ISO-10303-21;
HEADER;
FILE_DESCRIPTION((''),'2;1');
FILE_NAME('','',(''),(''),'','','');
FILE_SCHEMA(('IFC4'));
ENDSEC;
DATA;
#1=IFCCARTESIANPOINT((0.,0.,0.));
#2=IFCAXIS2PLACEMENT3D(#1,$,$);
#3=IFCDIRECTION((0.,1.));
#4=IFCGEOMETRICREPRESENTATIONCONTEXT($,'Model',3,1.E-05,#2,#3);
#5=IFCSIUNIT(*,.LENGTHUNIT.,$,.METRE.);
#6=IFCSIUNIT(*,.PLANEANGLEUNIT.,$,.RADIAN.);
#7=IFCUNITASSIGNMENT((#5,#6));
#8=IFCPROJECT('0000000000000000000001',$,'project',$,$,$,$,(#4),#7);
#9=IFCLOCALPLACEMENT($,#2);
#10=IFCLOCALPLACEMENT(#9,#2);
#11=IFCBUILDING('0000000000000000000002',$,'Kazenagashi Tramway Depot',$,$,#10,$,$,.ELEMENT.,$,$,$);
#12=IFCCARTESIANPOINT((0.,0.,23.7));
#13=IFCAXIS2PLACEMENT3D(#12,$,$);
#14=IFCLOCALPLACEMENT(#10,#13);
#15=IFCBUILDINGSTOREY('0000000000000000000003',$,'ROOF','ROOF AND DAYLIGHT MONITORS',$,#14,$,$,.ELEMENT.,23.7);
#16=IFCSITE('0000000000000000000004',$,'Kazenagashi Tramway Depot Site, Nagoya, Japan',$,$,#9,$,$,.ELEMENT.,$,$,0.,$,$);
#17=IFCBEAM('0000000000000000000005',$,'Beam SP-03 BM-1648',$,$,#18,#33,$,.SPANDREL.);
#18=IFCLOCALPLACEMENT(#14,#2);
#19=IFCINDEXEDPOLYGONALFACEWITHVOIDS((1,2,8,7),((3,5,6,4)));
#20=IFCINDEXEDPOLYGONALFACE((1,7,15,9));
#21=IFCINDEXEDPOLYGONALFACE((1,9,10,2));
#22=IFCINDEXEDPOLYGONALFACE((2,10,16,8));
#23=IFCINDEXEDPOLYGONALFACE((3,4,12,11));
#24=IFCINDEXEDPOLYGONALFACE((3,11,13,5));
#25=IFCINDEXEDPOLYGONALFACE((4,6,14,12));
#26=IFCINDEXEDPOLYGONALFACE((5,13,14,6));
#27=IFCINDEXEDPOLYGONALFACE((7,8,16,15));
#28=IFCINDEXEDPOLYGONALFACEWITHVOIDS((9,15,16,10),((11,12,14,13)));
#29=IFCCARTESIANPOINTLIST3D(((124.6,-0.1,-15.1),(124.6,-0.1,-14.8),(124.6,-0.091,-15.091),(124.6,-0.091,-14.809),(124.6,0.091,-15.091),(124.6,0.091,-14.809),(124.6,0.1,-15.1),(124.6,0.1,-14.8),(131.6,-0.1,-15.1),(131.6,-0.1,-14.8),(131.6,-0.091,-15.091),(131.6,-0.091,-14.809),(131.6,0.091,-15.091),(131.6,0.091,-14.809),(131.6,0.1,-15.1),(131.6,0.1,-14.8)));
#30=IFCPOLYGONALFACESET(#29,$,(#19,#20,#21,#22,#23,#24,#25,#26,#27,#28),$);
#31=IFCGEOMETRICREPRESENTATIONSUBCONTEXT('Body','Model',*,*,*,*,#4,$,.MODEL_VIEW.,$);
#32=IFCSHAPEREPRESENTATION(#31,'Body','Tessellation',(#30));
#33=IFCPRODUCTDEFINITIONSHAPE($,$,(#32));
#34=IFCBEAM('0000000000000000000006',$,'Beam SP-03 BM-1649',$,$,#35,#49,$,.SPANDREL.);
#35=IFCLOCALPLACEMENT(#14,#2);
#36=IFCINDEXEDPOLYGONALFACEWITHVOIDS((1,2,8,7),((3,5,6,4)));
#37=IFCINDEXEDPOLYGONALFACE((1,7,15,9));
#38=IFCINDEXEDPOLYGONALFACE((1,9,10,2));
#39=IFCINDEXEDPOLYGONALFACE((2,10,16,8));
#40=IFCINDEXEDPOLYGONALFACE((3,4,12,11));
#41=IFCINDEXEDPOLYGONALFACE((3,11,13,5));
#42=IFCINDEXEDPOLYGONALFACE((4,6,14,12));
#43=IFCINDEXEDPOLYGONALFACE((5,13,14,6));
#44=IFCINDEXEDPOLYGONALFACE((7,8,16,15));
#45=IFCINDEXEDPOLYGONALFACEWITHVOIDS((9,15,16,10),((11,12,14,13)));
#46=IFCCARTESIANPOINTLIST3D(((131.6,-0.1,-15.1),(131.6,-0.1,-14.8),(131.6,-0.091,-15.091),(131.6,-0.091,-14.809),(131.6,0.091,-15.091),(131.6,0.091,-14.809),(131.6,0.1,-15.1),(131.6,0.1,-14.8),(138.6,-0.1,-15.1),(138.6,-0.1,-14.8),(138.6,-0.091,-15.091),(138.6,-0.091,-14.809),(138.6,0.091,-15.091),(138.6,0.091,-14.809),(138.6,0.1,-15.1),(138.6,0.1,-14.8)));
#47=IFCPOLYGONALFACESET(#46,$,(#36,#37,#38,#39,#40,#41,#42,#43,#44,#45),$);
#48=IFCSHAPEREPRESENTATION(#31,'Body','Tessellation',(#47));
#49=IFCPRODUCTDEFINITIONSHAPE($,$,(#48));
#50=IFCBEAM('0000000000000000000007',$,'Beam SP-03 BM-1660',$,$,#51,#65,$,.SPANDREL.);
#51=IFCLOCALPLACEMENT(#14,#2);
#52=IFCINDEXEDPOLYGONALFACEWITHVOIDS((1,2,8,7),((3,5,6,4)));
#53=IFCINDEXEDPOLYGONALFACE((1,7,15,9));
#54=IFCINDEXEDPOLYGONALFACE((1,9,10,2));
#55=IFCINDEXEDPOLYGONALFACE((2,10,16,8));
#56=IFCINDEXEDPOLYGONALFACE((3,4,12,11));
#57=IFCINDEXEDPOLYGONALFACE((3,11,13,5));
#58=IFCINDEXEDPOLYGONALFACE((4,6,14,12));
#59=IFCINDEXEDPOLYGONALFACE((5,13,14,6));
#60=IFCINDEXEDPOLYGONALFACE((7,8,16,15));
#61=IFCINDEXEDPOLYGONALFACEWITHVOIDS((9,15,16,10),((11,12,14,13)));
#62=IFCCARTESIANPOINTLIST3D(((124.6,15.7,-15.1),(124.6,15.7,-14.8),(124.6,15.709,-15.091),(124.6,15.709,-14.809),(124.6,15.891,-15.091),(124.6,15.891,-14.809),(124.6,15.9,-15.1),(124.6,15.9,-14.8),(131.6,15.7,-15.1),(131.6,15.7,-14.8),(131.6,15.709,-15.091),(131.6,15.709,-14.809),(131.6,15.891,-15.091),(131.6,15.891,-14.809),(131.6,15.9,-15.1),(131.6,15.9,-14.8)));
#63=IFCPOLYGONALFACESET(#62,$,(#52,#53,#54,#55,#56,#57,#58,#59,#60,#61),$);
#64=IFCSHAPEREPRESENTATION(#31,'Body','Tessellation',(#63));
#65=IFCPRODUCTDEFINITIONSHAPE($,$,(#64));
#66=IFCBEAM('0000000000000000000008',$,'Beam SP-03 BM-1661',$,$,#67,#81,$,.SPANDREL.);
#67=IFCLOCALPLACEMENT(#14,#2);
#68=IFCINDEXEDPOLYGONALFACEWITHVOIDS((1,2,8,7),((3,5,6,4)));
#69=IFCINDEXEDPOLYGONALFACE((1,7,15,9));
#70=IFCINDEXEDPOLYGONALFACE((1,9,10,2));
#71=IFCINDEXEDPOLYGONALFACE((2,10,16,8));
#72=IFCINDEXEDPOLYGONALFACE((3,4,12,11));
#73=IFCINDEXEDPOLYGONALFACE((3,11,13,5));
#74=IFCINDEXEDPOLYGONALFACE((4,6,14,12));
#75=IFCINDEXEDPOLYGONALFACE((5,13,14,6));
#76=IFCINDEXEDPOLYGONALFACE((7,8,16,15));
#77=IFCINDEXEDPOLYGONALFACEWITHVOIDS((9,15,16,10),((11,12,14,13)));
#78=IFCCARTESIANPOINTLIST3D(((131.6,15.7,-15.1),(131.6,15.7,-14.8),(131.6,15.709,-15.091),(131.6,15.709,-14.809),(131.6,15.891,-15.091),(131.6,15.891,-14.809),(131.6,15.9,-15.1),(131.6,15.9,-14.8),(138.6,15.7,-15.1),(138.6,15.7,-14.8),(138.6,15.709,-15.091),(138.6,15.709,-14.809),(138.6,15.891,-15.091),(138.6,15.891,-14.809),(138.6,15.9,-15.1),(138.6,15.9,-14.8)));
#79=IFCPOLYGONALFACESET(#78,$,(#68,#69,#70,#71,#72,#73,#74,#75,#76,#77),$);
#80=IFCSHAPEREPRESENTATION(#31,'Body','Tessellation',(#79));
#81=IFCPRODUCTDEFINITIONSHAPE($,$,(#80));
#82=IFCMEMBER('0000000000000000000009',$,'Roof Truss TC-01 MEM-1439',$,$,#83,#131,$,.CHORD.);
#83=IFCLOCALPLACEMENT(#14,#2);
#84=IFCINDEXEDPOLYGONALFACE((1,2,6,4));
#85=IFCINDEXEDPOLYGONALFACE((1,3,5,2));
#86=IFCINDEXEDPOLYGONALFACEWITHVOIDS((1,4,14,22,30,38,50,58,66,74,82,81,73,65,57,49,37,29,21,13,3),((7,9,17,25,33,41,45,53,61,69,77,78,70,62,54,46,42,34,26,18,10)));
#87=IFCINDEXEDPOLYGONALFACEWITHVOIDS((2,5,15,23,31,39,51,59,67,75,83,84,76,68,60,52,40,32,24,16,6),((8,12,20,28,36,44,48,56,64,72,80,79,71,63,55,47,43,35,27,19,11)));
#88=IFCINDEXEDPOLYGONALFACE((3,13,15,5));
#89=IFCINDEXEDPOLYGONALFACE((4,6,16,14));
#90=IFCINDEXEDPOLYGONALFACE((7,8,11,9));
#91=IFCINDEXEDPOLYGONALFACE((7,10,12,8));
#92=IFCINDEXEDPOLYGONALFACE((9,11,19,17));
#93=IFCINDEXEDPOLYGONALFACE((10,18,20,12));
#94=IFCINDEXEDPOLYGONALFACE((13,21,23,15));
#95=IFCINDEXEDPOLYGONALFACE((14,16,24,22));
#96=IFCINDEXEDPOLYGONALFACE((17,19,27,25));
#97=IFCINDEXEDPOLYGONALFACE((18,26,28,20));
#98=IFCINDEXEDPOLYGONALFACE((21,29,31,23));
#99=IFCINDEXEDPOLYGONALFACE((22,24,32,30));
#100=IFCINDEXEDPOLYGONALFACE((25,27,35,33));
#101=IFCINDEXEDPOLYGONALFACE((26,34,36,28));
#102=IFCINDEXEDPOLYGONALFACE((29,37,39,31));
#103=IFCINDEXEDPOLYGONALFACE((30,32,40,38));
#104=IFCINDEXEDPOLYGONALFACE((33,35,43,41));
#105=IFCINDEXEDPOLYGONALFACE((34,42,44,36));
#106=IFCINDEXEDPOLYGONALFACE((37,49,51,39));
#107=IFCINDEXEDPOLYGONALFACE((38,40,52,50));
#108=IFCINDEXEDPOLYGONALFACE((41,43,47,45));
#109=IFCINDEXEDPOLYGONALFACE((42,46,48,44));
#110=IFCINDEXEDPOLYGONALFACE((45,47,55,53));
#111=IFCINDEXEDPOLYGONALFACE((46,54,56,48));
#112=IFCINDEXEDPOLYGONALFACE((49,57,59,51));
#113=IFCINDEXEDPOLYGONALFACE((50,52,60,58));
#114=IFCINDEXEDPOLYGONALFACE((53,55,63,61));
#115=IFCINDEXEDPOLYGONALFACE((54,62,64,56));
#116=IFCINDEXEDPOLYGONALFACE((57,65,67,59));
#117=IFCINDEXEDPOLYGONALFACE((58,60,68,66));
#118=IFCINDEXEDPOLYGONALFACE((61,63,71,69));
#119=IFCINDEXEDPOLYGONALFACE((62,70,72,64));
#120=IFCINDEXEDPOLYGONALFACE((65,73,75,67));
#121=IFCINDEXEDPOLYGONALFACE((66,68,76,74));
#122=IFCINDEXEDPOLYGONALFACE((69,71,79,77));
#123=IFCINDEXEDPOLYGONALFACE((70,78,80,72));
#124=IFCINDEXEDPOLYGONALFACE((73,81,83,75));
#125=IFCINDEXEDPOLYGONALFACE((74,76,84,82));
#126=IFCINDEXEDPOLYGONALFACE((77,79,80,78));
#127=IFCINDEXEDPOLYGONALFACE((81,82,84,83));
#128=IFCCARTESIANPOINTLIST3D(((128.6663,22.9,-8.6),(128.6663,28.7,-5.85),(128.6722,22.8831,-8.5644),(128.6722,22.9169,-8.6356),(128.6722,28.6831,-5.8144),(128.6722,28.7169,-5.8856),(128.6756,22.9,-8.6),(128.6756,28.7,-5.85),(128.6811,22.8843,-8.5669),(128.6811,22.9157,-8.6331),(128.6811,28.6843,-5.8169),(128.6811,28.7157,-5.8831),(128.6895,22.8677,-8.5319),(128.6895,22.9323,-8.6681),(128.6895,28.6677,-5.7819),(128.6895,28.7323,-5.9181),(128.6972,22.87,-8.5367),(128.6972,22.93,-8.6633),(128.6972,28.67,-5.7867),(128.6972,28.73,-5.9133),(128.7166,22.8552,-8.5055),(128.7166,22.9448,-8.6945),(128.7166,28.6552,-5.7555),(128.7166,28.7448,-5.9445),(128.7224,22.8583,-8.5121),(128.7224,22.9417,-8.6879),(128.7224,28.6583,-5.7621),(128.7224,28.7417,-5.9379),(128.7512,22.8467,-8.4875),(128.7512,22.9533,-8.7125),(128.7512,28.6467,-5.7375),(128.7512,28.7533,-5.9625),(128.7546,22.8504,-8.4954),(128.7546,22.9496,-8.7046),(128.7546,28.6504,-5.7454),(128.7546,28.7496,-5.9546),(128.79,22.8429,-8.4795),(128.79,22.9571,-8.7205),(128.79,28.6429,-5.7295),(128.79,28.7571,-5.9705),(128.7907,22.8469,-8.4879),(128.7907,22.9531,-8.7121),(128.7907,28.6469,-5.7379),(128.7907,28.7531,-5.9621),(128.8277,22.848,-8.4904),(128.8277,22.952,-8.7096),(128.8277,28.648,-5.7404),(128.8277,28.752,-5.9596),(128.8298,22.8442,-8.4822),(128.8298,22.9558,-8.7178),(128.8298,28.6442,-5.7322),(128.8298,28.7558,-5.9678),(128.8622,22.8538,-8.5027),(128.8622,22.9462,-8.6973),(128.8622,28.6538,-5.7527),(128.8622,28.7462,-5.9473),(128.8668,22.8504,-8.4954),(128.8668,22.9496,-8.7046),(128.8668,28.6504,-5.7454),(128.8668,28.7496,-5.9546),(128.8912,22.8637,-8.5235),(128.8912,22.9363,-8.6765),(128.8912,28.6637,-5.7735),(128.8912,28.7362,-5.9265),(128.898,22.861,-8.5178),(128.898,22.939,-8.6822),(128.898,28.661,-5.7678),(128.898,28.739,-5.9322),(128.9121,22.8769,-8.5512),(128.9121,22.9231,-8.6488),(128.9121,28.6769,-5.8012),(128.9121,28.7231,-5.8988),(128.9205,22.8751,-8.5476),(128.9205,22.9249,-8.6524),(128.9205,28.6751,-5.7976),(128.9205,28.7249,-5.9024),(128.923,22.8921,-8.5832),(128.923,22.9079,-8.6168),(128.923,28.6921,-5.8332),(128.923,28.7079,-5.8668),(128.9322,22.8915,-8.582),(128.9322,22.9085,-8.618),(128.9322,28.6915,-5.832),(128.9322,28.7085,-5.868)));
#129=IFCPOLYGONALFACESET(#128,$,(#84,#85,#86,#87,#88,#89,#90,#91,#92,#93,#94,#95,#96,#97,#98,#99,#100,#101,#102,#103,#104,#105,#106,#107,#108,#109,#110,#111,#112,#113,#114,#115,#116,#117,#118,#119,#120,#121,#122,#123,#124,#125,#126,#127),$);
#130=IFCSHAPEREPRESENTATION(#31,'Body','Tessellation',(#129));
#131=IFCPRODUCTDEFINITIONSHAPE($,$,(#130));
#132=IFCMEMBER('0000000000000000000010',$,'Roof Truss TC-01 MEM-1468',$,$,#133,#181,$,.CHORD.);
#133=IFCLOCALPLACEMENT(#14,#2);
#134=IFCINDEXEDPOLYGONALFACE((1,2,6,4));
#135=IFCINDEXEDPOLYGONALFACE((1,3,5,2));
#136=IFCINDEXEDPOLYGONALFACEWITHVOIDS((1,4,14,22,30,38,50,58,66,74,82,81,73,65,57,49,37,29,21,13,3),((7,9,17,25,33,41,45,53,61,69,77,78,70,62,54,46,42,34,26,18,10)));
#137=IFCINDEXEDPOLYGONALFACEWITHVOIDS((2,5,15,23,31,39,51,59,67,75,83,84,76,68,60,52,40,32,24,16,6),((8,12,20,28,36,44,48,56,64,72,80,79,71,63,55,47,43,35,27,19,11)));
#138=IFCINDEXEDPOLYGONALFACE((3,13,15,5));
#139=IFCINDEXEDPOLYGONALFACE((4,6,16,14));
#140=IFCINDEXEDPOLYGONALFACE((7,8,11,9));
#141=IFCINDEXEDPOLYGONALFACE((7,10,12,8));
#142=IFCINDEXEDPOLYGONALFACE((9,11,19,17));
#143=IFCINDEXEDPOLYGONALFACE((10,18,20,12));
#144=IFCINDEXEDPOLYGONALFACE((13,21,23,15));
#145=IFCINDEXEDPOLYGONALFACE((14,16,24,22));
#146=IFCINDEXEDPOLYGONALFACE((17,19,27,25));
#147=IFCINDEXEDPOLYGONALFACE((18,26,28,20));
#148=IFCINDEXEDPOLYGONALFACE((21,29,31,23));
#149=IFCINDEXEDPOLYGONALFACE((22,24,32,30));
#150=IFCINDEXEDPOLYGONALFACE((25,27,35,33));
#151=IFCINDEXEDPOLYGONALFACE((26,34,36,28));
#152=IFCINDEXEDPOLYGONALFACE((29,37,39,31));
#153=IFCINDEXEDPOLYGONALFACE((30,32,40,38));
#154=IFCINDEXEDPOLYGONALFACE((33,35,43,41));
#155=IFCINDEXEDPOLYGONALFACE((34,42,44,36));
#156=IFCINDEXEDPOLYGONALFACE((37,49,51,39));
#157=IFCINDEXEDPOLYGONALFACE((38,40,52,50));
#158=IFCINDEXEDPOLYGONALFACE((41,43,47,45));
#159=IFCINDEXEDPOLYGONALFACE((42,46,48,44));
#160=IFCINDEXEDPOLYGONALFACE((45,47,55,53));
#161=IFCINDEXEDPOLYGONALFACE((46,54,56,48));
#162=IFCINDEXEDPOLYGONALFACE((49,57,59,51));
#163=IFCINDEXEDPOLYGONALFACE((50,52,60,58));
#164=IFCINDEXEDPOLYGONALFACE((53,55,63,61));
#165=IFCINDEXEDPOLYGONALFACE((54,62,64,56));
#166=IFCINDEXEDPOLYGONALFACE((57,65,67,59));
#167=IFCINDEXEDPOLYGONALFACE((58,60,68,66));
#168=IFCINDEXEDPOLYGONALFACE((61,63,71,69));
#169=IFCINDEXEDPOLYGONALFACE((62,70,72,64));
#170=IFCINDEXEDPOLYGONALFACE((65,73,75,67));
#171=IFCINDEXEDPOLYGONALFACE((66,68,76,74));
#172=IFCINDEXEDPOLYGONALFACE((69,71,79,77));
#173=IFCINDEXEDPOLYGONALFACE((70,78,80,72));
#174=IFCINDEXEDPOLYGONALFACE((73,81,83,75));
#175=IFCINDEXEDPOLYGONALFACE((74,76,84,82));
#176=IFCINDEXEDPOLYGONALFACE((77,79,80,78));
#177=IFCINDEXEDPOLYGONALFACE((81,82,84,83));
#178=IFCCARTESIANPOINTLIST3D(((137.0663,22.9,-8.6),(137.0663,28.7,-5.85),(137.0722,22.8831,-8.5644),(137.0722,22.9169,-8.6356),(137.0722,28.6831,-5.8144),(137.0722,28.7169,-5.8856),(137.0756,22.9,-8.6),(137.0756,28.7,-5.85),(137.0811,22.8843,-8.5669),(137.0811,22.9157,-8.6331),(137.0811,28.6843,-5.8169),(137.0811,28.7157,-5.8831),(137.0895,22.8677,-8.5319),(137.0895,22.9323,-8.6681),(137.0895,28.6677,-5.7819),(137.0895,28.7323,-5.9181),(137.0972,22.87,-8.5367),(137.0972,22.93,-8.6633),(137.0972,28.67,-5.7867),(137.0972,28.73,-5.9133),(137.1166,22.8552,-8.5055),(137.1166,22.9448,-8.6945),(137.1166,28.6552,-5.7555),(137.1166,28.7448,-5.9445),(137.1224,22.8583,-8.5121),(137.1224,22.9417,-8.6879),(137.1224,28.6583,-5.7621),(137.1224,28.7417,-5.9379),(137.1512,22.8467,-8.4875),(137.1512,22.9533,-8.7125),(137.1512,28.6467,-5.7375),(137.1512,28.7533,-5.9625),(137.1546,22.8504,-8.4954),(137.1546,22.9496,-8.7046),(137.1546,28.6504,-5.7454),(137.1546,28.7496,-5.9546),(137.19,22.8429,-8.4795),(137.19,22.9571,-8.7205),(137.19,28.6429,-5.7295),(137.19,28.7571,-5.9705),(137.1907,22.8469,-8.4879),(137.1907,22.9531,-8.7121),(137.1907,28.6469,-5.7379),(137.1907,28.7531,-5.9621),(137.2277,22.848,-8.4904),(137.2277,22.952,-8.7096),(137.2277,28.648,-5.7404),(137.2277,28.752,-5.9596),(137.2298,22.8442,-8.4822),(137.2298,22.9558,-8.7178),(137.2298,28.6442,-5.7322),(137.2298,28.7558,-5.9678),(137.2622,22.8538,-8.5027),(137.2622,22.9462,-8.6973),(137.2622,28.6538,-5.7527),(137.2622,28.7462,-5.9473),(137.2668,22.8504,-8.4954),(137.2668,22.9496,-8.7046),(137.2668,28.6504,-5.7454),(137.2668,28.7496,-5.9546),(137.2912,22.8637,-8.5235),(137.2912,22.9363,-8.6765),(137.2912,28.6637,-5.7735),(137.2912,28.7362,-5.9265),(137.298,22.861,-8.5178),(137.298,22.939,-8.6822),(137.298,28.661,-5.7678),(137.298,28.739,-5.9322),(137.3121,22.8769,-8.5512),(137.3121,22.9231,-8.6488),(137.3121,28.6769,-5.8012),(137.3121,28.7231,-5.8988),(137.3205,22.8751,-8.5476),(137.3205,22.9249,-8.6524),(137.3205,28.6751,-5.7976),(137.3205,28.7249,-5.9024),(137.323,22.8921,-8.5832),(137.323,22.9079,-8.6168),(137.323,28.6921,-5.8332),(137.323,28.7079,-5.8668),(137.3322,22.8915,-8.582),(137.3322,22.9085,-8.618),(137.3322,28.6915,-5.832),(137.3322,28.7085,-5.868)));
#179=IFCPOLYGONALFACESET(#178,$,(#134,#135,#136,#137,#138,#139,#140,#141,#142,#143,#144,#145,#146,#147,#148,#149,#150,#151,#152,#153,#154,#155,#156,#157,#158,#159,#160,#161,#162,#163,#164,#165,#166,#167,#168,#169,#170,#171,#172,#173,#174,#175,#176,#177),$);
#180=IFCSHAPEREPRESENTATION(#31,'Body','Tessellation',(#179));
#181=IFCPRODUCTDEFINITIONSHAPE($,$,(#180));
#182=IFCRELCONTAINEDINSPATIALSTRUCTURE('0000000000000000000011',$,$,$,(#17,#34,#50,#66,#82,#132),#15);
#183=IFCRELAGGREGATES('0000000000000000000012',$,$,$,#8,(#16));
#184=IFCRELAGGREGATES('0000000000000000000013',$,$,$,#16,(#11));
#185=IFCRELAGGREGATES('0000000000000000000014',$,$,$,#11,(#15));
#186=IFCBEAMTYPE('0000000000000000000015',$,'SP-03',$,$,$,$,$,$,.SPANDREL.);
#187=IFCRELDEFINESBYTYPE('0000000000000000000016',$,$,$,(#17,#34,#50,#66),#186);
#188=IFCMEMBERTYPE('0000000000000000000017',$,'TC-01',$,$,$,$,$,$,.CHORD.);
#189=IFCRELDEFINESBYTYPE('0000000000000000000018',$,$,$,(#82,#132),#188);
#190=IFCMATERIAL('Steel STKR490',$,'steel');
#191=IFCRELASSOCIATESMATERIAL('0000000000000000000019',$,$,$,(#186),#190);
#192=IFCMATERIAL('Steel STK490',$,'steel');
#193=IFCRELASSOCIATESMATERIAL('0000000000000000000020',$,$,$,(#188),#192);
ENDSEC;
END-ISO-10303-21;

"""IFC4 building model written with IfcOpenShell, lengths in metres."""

from ifc_helpers import new_model, si_unit, direction, frame, origin, origin_2d, place, context, subcontext, project, spatial, hollow_rectangle, hollow_circle, extrude, material, material_profile, profile_set, type_object, element, save


model = new_model("IFC4")

# Units and contexts
model_context = context("Model", 3, precision=1e-05, world=origin(), true_north=direction((0.0, 1.0)))
body_context = subcontext(model_context, "Body", "Model", "MODEL_VIEW")
ifc_project = project(units=[si_unit("LENGTHUNIT", "METRE"), si_unit("PLANEANGLEUNIT", "RADIAN")], contexts=[model_context])

# Site, building, storey
site_placement = place(None, origin())
site = spatial("IfcSite", under=ifc_project, at=site_placement, Name="Kazenagashi Tramway Depot Site, Nagoya, Japan", CompositionType="ELEMENT", RefElevation=0.0)
building_placement = place(site_placement, origin())
building = spatial("IfcBuilding", under=site, at=building_placement, Name="Kazenagashi Tramway Depot", CompositionType="ELEMENT")
storey_placement = place(building_placement, frame((0.0, 0.0, 23.7)))
storey = spatial("IfcBuildingStorey", under=building, at=storey_placement, Name="ROOF", Description="ROOF AND DAYLIGHT MONITORS", CompositionType="ELEMENT", Elevation=23.7)

# Beams
ifc_material_1 = material(Name="Steel STKR490", Category="steel")
ifc_material_profile_1 = material_profile(ifc_material_1, hollow_rectangle(XDim=0.2, YDim=0.3, WallThickness=0.009, at=origin_2d()), Name="RHS-300x200x9")
ifc_profile_set_1 = profile_set([ifc_material_profile_1], Name="Steel STKR490")
beam_type_1 = type_object("IfcBeamType", Name="SP-03", PredefinedType="SPANDREL", material=ifc_profile_set_1)
for number, where, z_axis, x_axis, name in (
    (1, (124.6, 0.0, -14.95), (1.0, 0.0, 0.0), (0.0, 1.0, 0.0), "Beam SP-03 BM-1648"),
    (2, (131.6, 0.0, -14.95), (1.0, 0.0, 0.0), (0.0, 1.0, 0.0), "Beam SP-03 BM-1649"),
    (3, (124.6, 15.8, -14.95), (1.0, 0.0, 0.0), (0.0, 1.0, 0.0), "Beam SP-03 BM-1660"),
    (4, (131.6, 15.8, -14.95), (1.0, 0.0, 0.0), (0.0, 1.0, 0.0), "Beam SP-03 BM-1661"),
):
    element("IfcBeam", number, at=place(storey_placement, frame(where, z_axis=z_axis, x_axis=x_axis)), inside=storey, type_object=beam_type_1, Name=name, PredefinedType="SPANDREL", context=body_context, shape_type="SweptSolid", body=[
        extrude(hollow_rectangle(XDim=0.2, YDim=0.3, WallThickness=0.009, at=origin_2d()), origin(), (0.0, 0.0, 1.0), 7.0),
    ])

# Members
ifc_material_2 = material(Name="Steel STK490", Category="steel")
ifc_material_profile_2 = material_profile(ifc_material_2, hollow_circle(Radius=0.1337, WallThickness=0.0093, at=origin_2d()), Name="CHS-267.4x9.3")
ifc_profile_set_2 = profile_set([ifc_material_profile_2], Name="Steel STK490")
member_type_1 = type_object("IfcMemberType", Name="TC-01", PredefinedType="CHORD", material=ifc_profile_set_2)
for number, where, z_axis, x_axis, name in (
    (5, (128.8, 22.9, -8.6), (0.0, 0.903579, 0.428421), (-1.0, 0.0, 0.0), "Roof Truss TC-01 MEM-1439"),
    (6, (137.2, 22.9, -8.6), (0.0, 0.903579, 0.428421), (-1.0, 0.0, 0.0), "Roof Truss TC-01 MEM-1468"),
):
    element("IfcMember", number, at=place(storey_placement, frame(where, z_axis=z_axis, x_axis=x_axis)), inside=storey, type_object=member_type_1, Name=name, PredefinedType="CHORD", context=body_context, shape_type="SweptSolid", body=[
        extrude(hollow_circle(Radius=0.1337, WallThickness=0.0093, at=origin_2d()), origin(), (0.0, 0.0, 1.0), 6.4189),
    ])

save(model, "model.ifc")
